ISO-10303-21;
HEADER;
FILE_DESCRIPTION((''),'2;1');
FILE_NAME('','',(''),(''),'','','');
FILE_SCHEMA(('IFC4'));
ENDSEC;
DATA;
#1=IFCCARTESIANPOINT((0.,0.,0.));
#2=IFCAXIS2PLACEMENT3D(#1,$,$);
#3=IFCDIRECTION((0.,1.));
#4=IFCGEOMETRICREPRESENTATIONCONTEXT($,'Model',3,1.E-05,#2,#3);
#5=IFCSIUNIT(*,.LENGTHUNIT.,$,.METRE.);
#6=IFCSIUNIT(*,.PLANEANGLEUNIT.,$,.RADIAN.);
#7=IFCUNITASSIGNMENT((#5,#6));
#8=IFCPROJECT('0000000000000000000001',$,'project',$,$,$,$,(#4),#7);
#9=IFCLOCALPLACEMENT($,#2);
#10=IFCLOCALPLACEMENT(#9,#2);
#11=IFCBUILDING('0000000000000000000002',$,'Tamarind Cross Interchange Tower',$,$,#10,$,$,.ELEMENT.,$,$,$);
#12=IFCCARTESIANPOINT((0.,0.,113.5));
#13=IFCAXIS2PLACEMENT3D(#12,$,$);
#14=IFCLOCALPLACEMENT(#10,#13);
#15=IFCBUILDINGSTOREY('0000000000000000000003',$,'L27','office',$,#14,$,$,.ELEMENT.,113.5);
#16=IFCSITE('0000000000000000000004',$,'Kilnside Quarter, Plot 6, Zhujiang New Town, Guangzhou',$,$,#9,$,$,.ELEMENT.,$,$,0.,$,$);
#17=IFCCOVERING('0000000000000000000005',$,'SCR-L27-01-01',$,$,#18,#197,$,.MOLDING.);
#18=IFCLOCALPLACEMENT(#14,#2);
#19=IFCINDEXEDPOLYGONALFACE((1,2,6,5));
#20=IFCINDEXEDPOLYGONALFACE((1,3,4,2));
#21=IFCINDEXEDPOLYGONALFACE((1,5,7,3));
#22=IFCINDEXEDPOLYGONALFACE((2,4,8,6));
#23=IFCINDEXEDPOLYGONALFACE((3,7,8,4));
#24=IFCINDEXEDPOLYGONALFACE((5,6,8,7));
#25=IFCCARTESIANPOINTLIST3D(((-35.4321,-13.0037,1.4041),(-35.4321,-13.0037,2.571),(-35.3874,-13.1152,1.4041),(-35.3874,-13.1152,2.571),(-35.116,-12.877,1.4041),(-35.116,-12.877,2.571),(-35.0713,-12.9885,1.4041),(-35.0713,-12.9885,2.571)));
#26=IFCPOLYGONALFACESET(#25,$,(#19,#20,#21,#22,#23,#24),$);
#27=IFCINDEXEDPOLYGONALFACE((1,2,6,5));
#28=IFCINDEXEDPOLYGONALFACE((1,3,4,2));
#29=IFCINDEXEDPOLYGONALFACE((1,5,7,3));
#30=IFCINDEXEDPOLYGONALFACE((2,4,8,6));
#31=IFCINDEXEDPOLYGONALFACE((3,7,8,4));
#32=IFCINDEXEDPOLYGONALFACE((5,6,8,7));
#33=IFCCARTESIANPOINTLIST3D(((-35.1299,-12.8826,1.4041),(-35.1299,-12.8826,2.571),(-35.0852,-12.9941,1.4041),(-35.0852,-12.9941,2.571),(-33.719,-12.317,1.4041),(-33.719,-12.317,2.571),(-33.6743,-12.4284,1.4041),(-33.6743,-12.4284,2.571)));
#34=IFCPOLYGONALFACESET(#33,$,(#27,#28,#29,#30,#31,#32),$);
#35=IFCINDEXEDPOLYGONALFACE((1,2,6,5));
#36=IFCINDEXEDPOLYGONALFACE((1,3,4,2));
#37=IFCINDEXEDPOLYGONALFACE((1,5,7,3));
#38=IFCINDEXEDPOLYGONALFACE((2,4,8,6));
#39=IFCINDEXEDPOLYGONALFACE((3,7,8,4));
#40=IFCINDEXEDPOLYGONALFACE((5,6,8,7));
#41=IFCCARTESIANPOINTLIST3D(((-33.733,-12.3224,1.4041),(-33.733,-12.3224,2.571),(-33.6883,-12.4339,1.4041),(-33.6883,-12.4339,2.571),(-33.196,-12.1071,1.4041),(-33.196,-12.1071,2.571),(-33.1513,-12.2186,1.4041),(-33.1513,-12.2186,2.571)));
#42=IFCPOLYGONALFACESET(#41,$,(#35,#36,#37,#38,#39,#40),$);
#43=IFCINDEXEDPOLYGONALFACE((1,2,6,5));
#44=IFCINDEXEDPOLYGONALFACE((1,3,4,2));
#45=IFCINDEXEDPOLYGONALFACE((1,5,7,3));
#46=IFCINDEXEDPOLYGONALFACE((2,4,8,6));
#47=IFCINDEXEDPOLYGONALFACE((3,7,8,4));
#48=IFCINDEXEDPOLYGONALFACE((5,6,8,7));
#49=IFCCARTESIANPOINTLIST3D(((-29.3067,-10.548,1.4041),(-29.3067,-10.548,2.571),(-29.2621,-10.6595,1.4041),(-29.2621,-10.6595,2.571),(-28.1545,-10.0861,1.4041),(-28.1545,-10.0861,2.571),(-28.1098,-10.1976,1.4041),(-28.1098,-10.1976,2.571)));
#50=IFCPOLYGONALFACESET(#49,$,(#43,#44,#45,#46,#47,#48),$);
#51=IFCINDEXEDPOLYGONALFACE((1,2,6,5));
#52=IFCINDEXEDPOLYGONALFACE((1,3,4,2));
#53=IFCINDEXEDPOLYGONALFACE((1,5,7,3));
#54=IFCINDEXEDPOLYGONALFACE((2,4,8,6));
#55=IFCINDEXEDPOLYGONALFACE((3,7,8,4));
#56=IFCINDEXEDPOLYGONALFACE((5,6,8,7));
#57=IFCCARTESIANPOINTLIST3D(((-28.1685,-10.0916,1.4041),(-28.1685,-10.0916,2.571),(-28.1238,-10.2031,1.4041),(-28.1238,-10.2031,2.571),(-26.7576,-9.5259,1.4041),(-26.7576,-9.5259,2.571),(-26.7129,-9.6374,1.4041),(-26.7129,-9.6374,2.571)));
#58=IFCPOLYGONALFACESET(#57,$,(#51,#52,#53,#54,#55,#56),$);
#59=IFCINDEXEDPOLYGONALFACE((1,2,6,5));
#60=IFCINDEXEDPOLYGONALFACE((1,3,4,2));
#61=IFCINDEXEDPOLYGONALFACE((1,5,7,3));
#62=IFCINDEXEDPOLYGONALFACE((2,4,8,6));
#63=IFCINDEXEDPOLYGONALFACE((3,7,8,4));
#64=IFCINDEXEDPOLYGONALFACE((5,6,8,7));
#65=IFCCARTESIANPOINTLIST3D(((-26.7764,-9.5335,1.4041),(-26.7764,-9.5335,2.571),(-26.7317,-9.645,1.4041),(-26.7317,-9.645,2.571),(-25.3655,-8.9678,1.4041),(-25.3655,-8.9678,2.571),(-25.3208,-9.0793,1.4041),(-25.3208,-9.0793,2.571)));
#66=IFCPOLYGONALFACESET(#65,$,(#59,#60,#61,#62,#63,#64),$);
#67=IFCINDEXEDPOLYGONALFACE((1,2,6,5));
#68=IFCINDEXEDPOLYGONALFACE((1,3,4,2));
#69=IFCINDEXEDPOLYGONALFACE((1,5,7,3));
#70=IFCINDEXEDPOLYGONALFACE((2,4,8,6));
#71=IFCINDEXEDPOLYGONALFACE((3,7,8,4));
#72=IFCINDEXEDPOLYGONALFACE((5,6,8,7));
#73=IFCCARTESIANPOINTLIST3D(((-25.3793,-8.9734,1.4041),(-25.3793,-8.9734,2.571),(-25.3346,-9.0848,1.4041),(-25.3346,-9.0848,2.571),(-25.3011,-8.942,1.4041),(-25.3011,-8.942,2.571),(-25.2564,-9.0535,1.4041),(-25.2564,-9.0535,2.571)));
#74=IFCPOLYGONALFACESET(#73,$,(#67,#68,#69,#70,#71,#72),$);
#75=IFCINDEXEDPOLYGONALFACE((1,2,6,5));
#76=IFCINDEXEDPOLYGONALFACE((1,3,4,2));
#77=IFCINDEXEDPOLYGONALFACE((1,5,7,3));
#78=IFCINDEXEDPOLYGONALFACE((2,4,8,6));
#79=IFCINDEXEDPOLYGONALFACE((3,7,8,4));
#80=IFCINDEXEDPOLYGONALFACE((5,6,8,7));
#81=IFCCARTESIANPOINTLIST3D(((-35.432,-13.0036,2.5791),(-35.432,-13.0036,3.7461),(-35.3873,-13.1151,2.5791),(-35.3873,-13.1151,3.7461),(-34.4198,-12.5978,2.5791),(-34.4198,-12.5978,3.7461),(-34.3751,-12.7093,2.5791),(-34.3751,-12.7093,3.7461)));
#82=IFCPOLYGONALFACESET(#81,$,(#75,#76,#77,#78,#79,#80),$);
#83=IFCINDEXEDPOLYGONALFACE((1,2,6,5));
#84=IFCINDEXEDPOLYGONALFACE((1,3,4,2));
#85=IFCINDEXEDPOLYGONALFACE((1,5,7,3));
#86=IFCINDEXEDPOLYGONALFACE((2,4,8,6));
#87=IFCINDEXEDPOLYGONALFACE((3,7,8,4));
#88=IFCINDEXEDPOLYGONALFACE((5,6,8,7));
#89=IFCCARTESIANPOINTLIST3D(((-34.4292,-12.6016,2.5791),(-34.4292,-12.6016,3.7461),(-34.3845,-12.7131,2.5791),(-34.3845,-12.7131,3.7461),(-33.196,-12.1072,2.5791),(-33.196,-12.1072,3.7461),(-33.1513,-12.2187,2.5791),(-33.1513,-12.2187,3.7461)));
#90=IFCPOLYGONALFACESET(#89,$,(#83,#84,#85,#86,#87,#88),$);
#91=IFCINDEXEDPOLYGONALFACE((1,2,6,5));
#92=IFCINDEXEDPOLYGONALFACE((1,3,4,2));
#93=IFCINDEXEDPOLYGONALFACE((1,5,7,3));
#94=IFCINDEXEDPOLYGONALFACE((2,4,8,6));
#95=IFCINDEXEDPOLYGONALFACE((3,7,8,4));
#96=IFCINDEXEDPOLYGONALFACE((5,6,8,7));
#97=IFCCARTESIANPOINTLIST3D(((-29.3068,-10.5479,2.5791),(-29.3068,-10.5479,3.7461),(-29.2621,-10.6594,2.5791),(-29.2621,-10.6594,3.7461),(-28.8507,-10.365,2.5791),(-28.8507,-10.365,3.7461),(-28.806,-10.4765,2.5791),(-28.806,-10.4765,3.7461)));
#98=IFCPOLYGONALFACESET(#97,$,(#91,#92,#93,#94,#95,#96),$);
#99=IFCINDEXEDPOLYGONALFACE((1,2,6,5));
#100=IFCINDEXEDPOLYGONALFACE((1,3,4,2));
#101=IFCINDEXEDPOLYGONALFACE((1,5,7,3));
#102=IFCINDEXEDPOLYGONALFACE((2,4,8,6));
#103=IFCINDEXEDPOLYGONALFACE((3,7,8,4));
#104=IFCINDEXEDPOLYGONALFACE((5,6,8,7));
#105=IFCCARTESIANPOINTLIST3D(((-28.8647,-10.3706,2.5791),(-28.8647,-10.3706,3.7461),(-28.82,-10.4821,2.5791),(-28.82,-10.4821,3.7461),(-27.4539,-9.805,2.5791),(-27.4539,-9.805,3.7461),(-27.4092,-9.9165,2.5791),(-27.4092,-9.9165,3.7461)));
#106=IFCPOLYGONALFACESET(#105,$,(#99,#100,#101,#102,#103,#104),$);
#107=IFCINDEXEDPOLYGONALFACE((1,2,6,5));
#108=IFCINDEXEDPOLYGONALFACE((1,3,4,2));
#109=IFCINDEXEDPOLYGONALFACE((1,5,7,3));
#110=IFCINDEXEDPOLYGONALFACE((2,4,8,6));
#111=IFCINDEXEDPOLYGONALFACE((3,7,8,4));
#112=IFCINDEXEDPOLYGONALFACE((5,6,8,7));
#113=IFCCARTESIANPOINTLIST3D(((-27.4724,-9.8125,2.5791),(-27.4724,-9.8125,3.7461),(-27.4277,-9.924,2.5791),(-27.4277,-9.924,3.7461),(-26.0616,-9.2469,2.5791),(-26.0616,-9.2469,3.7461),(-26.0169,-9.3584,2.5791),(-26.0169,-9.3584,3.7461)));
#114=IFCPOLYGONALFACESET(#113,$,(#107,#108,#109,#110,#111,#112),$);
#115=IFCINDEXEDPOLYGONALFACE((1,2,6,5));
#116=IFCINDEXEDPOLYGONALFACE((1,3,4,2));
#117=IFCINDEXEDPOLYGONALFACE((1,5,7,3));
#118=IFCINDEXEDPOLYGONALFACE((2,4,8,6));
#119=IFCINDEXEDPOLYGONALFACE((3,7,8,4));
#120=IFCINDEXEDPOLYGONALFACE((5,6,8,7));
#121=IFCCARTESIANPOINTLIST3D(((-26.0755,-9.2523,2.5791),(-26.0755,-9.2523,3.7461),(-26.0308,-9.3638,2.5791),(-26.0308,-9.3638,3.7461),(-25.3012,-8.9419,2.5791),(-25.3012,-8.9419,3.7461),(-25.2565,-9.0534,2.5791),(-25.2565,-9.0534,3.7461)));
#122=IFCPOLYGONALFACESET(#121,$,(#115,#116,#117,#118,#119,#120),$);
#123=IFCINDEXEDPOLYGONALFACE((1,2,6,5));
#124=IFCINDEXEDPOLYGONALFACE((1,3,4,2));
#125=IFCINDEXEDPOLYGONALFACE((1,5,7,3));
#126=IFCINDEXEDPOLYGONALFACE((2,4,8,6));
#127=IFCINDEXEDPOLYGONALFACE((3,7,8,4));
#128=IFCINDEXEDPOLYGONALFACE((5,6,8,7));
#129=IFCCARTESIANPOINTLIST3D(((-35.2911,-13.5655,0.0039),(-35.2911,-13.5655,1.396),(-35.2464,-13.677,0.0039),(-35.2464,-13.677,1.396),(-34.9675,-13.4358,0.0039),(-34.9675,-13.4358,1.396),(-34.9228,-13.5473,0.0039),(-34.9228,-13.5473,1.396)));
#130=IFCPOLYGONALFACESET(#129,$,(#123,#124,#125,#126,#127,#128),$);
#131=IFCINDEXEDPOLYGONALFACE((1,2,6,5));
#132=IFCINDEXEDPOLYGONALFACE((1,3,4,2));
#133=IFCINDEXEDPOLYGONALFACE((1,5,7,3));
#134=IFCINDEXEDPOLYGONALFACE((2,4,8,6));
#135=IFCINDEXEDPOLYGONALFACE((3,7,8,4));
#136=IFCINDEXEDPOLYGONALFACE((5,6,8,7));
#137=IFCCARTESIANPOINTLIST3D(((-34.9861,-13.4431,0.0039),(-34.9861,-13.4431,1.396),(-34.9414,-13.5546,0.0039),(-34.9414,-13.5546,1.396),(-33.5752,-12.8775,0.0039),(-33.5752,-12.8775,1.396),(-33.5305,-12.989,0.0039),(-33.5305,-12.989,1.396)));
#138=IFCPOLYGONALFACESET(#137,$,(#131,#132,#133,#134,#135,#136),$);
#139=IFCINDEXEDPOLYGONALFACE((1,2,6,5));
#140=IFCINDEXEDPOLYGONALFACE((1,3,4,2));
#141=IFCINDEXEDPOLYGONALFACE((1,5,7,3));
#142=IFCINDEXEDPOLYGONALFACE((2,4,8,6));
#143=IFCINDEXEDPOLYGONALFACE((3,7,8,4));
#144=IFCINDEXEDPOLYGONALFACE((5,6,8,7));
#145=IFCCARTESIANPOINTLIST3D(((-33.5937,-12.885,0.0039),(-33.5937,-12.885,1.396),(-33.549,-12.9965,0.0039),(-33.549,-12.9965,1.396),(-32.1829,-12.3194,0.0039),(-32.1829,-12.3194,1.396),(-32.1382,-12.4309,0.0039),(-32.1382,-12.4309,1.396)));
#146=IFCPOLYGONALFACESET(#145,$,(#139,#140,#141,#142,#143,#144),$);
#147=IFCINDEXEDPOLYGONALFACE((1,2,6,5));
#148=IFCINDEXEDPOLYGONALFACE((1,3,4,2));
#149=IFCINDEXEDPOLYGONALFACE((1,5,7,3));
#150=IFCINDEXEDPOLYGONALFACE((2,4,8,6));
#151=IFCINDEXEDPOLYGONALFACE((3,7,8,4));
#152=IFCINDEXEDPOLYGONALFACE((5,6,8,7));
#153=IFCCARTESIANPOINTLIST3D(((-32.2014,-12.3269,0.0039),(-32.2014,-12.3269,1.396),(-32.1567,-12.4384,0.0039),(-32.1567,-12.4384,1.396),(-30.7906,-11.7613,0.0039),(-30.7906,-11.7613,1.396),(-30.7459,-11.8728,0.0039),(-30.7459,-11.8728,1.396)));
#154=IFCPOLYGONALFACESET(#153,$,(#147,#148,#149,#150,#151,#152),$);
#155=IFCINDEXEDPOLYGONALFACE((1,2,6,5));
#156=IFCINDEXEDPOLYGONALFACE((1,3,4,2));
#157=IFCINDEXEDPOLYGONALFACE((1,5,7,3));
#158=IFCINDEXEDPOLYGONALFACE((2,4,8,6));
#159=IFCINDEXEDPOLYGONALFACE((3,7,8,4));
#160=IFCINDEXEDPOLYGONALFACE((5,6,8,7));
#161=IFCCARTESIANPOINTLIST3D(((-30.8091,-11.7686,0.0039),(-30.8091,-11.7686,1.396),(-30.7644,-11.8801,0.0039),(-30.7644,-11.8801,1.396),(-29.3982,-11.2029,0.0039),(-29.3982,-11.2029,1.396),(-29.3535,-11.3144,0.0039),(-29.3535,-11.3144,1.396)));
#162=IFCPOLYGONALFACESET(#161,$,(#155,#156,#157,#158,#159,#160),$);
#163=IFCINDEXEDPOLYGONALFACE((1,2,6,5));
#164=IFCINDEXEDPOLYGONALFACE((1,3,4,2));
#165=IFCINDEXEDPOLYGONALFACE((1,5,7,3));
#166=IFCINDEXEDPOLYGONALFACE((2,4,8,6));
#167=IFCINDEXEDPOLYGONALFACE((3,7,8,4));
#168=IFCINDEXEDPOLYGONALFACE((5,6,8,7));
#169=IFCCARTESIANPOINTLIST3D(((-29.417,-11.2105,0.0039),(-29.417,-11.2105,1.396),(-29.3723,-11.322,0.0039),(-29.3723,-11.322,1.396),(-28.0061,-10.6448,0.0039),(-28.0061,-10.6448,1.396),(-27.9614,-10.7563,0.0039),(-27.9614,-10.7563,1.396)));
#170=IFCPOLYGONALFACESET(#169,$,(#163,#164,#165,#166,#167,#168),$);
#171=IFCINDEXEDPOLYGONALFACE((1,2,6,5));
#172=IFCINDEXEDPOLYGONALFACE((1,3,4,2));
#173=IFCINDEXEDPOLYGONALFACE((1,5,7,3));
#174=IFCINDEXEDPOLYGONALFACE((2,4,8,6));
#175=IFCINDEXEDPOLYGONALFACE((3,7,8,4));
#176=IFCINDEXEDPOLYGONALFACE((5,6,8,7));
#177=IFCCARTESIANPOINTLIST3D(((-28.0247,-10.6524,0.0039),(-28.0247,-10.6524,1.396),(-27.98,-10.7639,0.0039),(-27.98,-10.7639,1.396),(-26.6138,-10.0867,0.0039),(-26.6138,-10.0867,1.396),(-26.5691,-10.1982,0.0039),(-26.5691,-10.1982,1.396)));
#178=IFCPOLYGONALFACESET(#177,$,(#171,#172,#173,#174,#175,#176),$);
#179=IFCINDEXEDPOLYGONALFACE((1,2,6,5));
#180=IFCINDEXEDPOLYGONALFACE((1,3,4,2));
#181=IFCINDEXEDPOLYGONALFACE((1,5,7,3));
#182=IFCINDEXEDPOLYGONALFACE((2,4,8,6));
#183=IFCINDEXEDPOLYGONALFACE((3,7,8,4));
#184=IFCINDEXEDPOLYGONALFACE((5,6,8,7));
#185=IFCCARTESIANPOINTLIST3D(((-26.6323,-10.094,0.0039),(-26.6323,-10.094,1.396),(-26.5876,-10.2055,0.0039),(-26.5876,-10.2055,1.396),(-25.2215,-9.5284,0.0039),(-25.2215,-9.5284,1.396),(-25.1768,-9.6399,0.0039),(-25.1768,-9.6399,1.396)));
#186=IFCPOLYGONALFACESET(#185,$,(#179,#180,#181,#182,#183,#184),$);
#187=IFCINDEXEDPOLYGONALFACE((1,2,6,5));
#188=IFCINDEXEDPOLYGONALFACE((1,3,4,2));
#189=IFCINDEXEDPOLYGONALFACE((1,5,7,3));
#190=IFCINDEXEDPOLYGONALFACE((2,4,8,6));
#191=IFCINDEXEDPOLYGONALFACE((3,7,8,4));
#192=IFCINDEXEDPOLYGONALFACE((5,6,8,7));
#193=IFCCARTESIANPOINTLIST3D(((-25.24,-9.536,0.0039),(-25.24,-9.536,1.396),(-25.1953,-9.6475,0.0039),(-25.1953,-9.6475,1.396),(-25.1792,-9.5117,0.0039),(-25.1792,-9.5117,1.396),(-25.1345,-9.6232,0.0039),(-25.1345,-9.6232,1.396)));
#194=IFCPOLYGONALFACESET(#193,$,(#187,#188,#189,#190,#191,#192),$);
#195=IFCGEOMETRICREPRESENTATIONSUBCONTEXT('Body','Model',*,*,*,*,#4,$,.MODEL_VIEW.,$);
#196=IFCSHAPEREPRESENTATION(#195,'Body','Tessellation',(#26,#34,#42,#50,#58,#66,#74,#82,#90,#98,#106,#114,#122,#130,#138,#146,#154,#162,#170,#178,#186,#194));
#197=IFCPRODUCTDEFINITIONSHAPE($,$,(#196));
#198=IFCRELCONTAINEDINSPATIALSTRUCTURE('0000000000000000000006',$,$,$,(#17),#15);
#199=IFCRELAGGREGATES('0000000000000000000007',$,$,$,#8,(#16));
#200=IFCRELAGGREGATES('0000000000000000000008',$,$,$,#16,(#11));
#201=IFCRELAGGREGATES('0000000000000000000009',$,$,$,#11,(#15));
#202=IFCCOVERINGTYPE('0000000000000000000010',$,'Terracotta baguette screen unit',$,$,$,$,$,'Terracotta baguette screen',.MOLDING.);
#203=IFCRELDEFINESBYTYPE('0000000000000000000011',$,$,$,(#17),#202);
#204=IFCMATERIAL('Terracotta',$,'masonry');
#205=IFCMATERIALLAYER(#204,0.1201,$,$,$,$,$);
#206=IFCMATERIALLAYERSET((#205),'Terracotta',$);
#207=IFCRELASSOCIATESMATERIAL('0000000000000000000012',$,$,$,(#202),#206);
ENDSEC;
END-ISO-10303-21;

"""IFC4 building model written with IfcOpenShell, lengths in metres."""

from ifc_helpers import new_model, si_unit, direction, frame, origin, origin_2d, place, context, subcontext, project, spatial, rectangle, extrude, material, layer, layer_set, type_object, element, save


model = new_model("IFC4")

# Units and contexts
model_context = context("Model", 3, precision=1e-05, world=origin(), true_north=direction((0.0, 1.0)))
body_context = subcontext(model_context, "Body", "Model", "MODEL_VIEW")
ifc_project = project(units=[si_unit("LENGTHUNIT", "METRE"), si_unit("PLANEANGLEUNIT", "RADIAN")], contexts=[model_context])

# Site, building, storey
site_placement = place(None, origin())
site = spatial("IfcSite", under=ifc_project, at=site_placement, Name="Kilnside Quarter, Plot 6, Zhujiang New Town, Guangzhou", CompositionType="ELEMENT", RefElevation=0.0)
building_placement = place(site_placement, origin())
building = spatial("IfcBuilding", under=site, at=building_placement, Name="Tamarind Cross Interchange Tower", CompositionType="ELEMENT")
storey_placement = place(building_placement, frame((0.0, 0.0, 113.5)))
storey = spatial("IfcBuildingStorey", under=building, at=storey_placement, Name="L27", Description="office", CompositionType="ELEMENT", Elevation=113.5)

# Covering
ifc_material_1 = material(Name="Terracotta", Category="masonry")
ifc_layer_1 = layer(ifc_material_1, 0.1201)
ifc_layer_set_1 = layer_set([ifc_layer_1], Name="Terracotta")
covering_type = type_object("IfcCoveringType", Name="Terracotta baguette screen unit", ElementType="Terracotta baguette screen", PredefinedType="MOLDING", material=ifc_layer_set_1)
covering_1_placement = place(storey_placement, origin())
element("IfcCovering", 1, at=covering_1_placement, inside=storey, type_object=covering_type, Name="SCR-L27-01-01", PredefinedType="MOLDING", context=body_context, shape_type="SweptSolid", body=[
    extrude(rectangle(XDim=0.3406, YDim=0.1201, at=origin_2d()), frame((-35.2517, -12.9961, 1.4041), z_axis=(0.0, 0.0, 1.0), x_axis=(0.928183, 0.372124, 0.0)), (0.0, 0.0, 1.0), 1.167),
    extrude(rectangle(XDim=1.52, YDim=0.1201, at=origin_2d()), frame((-34.4021, -12.6555, 1.4041), z_axis=(0.0, 0.0, 1.0), x_axis=(0.928183, 0.372124, 0.0)), (0.0, 0.0, 1.0), 1.167),
    extrude(rectangle(XDim=0.5786, YDim=0.1201, at=origin_2d()), frame((-33.4421, -12.2705, 1.4041), z_axis=(0.0, 0.0, 1.0), x_axis=(0.928183, 0.372124, 0.0)), (0.0, 0.0, 1.0), 1.167),
    extrude(rectangle(XDim=1.2415, YDim=0.1201, at=origin_2d()), frame((-28.7083, -10.3728, 1.4041), z_axis=(0.0, 0.0, 1.0), x_axis=(0.928183, 0.372124, 0.0)), (0.0, 0.0, 1.0), 1.167),
    extrude(rectangle(XDim=1.52, YDim=0.1201, at=origin_2d()), frame((-27.4407, -9.8645, 1.4041), z_axis=(0.0, 0.0, 1.0), x_axis=(0.928183, 0.372124, 0.0)), (0.0, 0.0, 1.0), 1.167),
    extrude(rectangle(XDim=1.52, YDim=0.1201, at=origin_2d()), frame((-26.0486, -9.3064, 1.4041), z_axis=(0.0, 0.0, 1.0), x_axis=(0.928183, 0.372124, 0.0)), (0.0, 0.0, 1.0), 1.167),
    extrude(rectangle(XDim=0.0842, YDim=0.1201, at=origin_2d()), frame((-25.3179, -9.0134, 1.4041), z_axis=(0.0, 0.0, 1.0), x_axis=(0.928183, 0.372124, 0.0)), (0.0, 0.0, 1.0), 1.167),
    extrude(rectangle(XDim=1.0906, YDim=0.1201, at=origin_2d()), frame((-34.9036, -12.8564, 2.5791), z_axis=(0.0, 0.0, 1.0), x_axis=(0.928183, 0.372124, 0.0)), (0.0, 0.0, 1.0), 1.167),
    extrude(rectangle(XDim=1.3286, YDim=0.1201, at=origin_2d()), frame((-33.7903, -12.4102, 2.5791), z_axis=(0.0, 0.0, 1.0), x_axis=(0.928183, 0.372124, 0.0)), (0.0, 0.0, 1.0), 1.167),
    extrude(rectangle(XDim=0.4915, YDim=0.1201, at=origin_2d()), frame((-29.0564, -10.5122, 2.5791), z_axis=(0.0, 0.0, 1.0), x_axis=(0.928183, 0.372124, 0.0)), (0.0, 0.0, 1.0), 1.167),
    extrude(rectangle(XDim=1.52, YDim=0.1201, at=origin_2d()), frame((-28.137, -10.1436, 2.5791), z_axis=(0.0, 0.0, 1.0), x_axis=(0.928183, 0.372124, 0.0)), (0.0, 0.0, 1.0), 1.167),
    extrude(rectangle(XDim=1.52, YDim=0.1201, at=origin_2d()), frame((-26.7446, -9.5854, 2.5791), z_axis=(0.0, 0.0, 1.0), x_axis=(0.928183, 0.372124, 0.0)), (0.0, 0.0, 1.0), 1.167),
    extrude(rectangle(XDim=0.8342, YDim=0.1201, at=origin_2d()), frame((-25.666, -9.1528, 2.5791), z_axis=(0.0, 0.0, 1.0), x_axis=(0.928183, 0.372124, 0.0)), (0.0, 0.0, 1.0), 1.167),
    extrude(rectangle(XDim=0.3486, YDim=0.1201, at=origin_2d()), frame((-35.1069, -13.5564, 0.0039), z_axis=(0.0, 0.0, 1.0), x_axis=(0.928183, 0.372124, 0.0)), (0.0, 0.0, 1.0), 1.3921),
    extrude(rectangle(XDim=1.52, YDim=0.1201, at=origin_2d()), frame((-34.2583, -13.2161, 0.0039), z_axis=(0.0, 0.0, 1.0), x_axis=(0.928183, 0.372124, 0.0)), (0.0, 0.0, 1.0), 1.3921),
    extrude(rectangle(XDim=1.52, YDim=0.1201, at=origin_2d()), frame((-32.866, -12.658, 0.0039), z_axis=(0.0, 0.0, 1.0), x_axis=(0.928183, 0.372124, 0.0)), (0.0, 0.0, 1.0), 1.3921),
    extrude(rectangle(XDim=1.52, YDim=0.1201, at=origin_2d()), frame((-31.4736, -12.0999, 0.0039), z_axis=(0.0, 0.0, 1.0), x_axis=(0.928183, 0.372124, 0.0)), (0.0, 0.0, 1.0), 1.3921),
    extrude(rectangle(XDim=1.52, YDim=0.1201, at=origin_2d()), frame((-30.0813, -11.5415, 0.0039), z_axis=(0.0, 0.0, 1.0), x_axis=(0.928183, 0.372124, 0.0)), (0.0, 0.0, 1.0), 1.3921),
    extrude(rectangle(XDim=1.52, YDim=0.1201, at=origin_2d()), frame((-28.6892, -10.9834, 0.0039), z_axis=(0.0, 0.0, 1.0), x_axis=(0.928183, 0.372124, 0.0)), (0.0, 0.0, 1.0), 1.3921),
    extrude(rectangle(XDim=1.52, YDim=0.1201, at=origin_2d()), frame((-27.2969, -10.4253, 0.0039), z_axis=(0.0, 0.0, 1.0), x_axis=(0.928183, 0.372124, 0.0)), (0.0, 0.0, 1.0), 1.3921),
    extrude(rectangle(XDim=1.52, YDim=0.1201, at=origin_2d()), frame((-25.9045, -9.8669, 0.0039), z_axis=(0.0, 0.0, 1.0), x_axis=(0.928183, 0.372124, 0.0)), (0.0, 0.0, 1.0), 1.3921),
    extrude(rectangle(XDim=0.0654, YDim=0.1201, at=origin_2d()), frame((-25.1873, -9.5796, 0.0039), z_axis=(0.0, 0.0, 1.0), x_axis=(0.928183, 0.372124, 0.0)), (0.0, 0.0, 1.0), 1.3921),
])

save(model, "model.ifc")
